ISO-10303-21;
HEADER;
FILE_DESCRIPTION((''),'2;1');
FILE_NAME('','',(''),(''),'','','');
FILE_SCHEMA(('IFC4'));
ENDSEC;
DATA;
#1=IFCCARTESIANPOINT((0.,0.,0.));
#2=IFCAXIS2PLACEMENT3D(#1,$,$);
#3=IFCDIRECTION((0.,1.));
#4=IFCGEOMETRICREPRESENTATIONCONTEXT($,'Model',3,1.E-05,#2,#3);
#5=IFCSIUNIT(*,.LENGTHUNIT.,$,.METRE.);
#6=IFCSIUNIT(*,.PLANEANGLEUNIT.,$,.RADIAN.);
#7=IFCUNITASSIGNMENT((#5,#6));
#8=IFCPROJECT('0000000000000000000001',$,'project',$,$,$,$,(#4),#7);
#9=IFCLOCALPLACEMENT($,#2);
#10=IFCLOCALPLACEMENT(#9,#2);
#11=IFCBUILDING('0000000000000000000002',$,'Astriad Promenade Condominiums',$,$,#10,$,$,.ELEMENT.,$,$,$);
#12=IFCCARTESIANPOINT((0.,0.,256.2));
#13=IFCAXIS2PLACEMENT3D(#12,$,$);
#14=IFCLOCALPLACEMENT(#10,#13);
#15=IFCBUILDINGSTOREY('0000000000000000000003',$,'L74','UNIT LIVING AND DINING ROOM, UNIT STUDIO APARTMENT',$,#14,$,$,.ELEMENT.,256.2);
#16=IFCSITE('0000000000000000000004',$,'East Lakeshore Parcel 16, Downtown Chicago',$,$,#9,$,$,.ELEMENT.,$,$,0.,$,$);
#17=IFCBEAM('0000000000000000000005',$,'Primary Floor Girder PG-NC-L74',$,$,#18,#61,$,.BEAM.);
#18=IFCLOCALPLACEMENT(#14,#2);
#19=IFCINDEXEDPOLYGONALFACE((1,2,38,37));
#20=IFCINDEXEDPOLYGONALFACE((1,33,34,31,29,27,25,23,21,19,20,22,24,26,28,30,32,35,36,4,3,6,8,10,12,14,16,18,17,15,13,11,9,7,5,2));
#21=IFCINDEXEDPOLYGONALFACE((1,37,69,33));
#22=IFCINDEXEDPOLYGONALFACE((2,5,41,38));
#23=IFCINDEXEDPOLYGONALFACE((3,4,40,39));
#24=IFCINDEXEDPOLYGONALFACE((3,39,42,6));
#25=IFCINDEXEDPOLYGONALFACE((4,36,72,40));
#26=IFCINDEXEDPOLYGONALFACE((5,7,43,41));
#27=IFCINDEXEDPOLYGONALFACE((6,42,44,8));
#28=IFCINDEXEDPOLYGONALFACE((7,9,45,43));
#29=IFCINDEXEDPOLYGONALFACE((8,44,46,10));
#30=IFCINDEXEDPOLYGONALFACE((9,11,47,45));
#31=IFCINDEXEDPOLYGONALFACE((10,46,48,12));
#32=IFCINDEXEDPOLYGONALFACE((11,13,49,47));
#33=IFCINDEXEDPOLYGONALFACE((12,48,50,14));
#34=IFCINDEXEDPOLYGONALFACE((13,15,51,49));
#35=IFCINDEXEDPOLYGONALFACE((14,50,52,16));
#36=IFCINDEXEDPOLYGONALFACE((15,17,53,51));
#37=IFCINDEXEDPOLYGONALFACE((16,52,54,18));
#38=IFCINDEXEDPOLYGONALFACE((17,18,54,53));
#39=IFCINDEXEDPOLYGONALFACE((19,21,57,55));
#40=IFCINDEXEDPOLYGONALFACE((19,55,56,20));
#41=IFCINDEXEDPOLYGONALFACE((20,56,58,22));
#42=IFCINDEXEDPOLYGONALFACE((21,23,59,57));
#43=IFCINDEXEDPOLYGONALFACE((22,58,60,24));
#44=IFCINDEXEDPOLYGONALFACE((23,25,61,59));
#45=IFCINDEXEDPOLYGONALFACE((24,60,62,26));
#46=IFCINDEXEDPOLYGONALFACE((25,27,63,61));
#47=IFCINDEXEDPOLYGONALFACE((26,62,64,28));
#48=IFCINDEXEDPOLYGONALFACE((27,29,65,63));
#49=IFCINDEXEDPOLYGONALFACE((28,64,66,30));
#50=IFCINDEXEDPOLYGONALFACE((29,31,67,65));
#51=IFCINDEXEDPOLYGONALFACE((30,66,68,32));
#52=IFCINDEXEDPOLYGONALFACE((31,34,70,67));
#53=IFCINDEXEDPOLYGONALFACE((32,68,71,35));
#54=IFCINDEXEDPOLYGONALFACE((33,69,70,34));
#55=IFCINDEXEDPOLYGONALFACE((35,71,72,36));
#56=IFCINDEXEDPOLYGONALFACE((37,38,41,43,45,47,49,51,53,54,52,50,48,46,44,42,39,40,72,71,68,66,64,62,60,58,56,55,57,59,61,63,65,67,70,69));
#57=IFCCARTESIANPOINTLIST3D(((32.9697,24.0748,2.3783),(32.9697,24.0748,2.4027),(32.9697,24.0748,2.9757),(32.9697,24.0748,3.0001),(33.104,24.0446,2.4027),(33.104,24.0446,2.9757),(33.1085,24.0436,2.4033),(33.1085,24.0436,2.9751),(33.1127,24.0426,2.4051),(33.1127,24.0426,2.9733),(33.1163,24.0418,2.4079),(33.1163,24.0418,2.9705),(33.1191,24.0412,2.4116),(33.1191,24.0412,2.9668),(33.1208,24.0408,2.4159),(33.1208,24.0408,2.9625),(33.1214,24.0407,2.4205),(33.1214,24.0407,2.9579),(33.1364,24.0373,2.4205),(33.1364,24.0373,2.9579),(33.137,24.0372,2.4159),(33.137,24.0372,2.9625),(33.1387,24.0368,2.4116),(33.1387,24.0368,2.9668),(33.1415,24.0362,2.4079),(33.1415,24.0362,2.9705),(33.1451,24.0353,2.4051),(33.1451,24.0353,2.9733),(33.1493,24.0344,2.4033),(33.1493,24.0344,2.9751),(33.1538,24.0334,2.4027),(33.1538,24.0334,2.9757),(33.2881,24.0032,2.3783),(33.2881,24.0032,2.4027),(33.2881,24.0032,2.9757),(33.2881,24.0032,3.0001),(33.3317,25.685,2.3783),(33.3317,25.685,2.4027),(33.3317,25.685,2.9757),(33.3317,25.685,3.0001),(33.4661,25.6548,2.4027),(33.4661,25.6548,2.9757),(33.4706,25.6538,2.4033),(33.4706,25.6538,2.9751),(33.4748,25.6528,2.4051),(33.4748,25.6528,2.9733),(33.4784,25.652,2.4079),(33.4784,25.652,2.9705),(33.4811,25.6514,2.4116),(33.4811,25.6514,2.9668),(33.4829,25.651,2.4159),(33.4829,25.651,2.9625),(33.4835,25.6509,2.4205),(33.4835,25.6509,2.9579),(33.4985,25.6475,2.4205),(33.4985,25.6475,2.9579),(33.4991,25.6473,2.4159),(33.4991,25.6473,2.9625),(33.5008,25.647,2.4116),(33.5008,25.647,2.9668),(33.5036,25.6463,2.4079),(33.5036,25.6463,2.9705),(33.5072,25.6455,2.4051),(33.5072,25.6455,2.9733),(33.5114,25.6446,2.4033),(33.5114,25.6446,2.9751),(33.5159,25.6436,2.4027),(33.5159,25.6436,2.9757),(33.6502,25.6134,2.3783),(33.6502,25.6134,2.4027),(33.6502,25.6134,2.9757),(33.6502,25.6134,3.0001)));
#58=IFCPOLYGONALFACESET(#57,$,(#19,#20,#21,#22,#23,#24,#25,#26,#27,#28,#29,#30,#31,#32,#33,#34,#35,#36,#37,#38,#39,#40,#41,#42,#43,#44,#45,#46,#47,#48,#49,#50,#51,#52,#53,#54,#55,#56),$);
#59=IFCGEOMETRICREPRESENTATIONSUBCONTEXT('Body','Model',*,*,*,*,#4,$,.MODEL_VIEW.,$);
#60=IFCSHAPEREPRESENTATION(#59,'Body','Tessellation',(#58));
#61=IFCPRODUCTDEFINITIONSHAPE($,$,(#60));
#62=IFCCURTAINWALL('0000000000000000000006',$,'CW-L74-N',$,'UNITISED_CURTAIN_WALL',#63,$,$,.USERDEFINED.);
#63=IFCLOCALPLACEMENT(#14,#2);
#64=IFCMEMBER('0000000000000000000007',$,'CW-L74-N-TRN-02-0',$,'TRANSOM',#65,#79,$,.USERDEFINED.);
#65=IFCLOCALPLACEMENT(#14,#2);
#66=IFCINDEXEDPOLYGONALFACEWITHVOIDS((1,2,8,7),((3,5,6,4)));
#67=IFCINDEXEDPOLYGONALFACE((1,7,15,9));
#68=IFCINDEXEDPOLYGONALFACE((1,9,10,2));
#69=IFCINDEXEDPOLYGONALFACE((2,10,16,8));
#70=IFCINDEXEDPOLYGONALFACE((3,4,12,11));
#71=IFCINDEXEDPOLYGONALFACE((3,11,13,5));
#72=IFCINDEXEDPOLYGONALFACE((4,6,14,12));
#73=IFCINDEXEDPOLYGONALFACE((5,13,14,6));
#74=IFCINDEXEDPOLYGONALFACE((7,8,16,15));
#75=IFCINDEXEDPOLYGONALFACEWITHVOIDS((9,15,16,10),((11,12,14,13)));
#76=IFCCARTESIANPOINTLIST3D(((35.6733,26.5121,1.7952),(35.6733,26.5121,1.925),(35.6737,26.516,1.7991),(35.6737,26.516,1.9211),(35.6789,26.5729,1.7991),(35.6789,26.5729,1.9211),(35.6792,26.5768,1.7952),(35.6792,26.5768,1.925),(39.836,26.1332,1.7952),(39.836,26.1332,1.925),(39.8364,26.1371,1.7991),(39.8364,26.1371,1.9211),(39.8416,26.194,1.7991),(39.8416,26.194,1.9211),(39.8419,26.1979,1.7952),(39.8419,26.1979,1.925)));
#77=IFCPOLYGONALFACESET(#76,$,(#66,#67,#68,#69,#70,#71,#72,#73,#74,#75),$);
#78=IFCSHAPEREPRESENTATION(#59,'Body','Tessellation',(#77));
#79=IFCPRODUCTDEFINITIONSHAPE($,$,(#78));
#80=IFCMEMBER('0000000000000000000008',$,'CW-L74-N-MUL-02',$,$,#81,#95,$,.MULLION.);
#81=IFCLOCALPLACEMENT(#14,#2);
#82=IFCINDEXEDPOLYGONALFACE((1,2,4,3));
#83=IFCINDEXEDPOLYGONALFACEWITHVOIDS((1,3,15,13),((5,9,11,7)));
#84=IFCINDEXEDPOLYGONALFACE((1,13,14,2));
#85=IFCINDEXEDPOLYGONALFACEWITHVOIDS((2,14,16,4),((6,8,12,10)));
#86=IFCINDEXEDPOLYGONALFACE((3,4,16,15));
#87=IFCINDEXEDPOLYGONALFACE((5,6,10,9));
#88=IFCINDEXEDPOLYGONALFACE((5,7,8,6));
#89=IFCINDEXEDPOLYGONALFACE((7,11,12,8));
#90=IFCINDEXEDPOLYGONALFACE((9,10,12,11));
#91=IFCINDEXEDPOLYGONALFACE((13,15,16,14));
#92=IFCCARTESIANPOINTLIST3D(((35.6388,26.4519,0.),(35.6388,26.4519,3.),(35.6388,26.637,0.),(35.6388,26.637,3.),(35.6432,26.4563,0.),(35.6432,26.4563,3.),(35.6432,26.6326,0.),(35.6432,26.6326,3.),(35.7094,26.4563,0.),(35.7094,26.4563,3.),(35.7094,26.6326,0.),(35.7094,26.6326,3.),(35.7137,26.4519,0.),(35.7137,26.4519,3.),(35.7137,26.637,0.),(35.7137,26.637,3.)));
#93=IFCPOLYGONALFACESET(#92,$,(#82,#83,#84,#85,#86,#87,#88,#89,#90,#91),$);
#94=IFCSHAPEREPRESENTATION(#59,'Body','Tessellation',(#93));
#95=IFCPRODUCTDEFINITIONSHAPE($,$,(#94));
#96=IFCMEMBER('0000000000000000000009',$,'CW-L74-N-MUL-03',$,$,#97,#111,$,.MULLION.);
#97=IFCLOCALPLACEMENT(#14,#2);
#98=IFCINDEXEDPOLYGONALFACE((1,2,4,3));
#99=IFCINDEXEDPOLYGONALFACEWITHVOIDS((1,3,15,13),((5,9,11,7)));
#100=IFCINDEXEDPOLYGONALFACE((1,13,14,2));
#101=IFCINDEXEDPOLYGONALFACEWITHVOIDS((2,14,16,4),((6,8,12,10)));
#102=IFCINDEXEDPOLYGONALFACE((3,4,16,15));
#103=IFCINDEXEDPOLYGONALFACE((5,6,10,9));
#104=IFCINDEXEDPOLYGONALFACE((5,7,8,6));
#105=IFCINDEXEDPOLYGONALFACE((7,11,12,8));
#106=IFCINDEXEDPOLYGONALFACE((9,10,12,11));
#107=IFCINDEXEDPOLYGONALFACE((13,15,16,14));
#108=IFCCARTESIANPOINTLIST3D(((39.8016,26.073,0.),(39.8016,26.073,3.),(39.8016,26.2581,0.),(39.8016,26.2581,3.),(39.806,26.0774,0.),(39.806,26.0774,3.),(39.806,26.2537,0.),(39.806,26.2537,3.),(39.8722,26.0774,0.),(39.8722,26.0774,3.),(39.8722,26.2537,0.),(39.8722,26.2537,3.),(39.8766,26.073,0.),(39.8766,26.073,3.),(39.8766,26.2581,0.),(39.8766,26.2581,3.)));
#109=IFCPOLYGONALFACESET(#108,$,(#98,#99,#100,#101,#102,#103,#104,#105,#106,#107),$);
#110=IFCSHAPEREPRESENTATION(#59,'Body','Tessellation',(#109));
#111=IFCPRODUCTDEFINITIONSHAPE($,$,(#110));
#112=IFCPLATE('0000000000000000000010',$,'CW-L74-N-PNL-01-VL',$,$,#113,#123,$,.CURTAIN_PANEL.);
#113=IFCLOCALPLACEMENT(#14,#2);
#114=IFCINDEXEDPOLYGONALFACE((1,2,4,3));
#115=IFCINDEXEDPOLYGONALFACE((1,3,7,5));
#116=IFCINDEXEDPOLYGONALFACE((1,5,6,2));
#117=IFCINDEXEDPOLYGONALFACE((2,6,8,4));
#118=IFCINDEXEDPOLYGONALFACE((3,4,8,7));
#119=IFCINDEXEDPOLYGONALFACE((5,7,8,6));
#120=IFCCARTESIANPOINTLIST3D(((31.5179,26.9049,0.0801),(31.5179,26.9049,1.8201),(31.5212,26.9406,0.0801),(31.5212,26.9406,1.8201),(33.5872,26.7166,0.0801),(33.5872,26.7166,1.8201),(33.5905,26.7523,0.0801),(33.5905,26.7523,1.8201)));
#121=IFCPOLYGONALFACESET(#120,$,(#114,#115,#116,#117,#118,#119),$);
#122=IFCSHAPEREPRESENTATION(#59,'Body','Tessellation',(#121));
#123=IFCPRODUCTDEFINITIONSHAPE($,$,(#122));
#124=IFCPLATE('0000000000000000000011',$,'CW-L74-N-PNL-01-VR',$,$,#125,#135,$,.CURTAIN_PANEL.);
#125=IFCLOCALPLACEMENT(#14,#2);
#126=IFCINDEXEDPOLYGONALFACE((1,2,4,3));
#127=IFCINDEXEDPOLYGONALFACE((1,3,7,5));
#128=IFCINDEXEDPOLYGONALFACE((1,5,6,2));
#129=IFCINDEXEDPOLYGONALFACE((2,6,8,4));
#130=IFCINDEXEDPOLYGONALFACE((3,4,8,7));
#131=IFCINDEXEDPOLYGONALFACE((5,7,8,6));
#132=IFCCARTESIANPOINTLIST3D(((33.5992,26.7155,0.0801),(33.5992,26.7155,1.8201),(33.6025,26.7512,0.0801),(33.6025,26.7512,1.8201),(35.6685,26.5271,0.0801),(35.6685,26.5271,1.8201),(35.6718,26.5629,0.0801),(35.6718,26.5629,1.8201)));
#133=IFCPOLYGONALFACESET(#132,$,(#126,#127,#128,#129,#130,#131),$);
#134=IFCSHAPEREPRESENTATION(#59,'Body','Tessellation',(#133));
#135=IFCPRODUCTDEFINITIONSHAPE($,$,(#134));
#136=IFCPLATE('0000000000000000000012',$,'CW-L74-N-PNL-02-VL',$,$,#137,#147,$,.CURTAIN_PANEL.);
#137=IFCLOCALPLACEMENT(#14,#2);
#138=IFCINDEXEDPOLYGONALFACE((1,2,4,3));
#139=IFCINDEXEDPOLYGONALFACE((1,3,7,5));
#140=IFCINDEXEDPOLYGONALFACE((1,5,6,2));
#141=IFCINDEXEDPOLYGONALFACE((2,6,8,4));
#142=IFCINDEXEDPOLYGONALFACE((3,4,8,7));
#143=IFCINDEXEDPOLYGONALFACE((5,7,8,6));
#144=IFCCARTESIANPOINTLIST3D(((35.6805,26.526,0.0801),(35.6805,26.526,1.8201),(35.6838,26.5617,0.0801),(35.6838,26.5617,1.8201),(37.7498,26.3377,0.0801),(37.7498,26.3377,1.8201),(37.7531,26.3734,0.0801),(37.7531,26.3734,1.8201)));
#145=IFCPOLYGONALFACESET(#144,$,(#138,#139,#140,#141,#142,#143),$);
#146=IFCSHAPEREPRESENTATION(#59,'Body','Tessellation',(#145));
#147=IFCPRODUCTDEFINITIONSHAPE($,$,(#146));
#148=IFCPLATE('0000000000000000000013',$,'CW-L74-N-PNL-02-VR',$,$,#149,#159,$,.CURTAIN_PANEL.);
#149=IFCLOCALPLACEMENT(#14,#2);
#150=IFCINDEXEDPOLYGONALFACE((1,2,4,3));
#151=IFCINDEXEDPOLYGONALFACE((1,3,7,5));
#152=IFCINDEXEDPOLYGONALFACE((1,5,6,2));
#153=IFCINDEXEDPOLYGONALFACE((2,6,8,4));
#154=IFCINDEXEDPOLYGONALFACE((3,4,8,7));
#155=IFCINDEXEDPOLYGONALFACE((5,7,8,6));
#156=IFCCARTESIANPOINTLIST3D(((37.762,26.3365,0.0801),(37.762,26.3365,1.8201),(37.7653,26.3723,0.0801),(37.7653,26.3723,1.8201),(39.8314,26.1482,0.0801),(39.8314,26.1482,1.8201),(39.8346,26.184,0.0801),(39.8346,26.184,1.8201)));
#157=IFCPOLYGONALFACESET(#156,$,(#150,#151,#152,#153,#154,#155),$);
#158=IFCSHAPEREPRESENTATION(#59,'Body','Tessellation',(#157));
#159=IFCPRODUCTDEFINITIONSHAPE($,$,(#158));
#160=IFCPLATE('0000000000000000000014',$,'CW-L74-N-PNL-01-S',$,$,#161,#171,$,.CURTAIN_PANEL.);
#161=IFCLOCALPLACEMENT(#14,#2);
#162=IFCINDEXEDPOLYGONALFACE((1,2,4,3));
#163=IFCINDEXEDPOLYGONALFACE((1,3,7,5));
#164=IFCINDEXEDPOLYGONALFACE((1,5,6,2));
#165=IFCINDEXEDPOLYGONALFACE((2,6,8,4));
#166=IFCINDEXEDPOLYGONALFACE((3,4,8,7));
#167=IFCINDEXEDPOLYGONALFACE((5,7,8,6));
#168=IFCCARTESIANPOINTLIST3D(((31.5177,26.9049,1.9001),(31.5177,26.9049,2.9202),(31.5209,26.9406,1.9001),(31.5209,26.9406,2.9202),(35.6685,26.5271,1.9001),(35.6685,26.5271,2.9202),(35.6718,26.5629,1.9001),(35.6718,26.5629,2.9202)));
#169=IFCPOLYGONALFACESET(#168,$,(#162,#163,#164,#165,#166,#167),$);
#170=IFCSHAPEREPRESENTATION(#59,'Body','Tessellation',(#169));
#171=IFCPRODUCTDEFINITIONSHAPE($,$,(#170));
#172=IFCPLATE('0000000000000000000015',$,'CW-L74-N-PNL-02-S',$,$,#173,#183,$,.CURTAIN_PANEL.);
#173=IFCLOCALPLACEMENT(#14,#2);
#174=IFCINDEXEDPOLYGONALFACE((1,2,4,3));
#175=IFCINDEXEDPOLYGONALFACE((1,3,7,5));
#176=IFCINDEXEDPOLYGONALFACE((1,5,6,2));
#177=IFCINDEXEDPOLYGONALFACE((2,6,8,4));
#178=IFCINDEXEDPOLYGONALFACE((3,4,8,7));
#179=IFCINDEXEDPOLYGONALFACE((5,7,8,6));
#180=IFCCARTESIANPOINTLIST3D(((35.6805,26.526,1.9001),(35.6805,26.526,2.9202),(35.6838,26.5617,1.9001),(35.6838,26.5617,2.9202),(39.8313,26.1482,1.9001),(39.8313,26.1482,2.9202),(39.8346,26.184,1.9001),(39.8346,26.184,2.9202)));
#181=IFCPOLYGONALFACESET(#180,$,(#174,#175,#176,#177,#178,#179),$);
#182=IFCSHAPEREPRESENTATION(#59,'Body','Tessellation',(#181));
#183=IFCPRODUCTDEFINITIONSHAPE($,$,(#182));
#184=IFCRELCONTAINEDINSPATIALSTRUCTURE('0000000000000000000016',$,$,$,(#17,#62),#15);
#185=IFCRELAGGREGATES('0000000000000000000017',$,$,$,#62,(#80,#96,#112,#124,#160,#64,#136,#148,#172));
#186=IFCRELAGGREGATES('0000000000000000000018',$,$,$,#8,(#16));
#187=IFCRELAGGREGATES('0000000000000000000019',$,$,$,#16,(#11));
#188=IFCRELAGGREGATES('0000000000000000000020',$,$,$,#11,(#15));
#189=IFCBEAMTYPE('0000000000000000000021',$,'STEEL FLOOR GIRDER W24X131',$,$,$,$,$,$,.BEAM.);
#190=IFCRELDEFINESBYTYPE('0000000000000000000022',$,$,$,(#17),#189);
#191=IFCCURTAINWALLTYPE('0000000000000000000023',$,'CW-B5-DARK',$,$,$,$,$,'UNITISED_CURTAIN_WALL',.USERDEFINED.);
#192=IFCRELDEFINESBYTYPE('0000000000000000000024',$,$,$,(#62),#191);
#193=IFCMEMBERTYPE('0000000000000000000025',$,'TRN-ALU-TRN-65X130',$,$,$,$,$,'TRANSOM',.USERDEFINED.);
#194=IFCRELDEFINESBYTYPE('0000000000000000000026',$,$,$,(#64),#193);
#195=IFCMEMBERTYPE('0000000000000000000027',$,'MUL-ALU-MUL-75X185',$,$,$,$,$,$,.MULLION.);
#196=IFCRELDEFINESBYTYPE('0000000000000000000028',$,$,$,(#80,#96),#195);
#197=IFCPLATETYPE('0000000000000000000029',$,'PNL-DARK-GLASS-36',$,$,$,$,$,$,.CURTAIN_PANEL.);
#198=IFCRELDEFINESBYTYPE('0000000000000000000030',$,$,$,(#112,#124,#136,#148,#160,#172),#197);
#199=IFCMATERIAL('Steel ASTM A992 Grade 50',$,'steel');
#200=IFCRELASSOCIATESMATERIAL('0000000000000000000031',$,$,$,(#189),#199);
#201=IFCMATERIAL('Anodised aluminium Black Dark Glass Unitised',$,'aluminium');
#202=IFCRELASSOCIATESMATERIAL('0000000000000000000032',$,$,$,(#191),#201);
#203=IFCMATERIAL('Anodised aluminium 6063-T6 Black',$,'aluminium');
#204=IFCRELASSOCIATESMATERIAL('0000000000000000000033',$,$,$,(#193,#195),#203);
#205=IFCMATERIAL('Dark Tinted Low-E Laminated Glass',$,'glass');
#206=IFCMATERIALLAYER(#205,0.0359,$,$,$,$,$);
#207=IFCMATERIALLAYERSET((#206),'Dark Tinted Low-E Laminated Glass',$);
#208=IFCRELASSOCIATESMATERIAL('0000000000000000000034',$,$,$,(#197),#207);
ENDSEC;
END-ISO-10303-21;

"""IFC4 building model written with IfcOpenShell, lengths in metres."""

from ifc_helpers import new_model, si_unit, direction, frame, origin, origin_2d, place, context, subcontext, project, spatial, rectangle, hollow_rectangle, i_section, extrude, source, transform, mapped, material, layer, layer_set, material_profile, profile_set, type_object, type_shapes, element, aggregate, save


model = new_model("IFC4")

# Units and contexts
model_context = context("Model", 3, precision=1e-05, world=origin(), true_north=direction((0.0, 1.0)))
body_context = subcontext(model_context, "Body", "Model", "MODEL_VIEW")
ifc_project = project(units=[si_unit("LENGTHUNIT", "METRE"), si_unit("PLANEANGLEUNIT", "RADIAN")], contexts=[model_context])

# Site, building, storey
site_placement = place(None, origin())
site = spatial("IfcSite", under=ifc_project, at=site_placement, Name="East Lakeshore Parcel 16, Downtown Chicago", CompositionType="ELEMENT", RefElevation=0.0)
building_placement = place(site_placement, origin())
building = spatial("IfcBuilding", under=site, at=building_placement, Name="Astriad Promenade Condominiums", CompositionType="ELEMENT")
storey_placement = place(building_placement, frame((0.0, 0.0, 256.2)))
storey = spatial("IfcBuildingStorey", under=building, at=storey_placement, Name="L74", Description="UNIT LIVING AND DINING ROOM, UNIT STUDIO APARTMENT", CompositionType="ELEMENT", Elevation=256.2)

# Beam
ifc_material_1 = material(Name="Steel ASTM A992 Grade 50", Category="steel")
ifc_material_profile_1 = material_profile(ifc_material_1, i_section(OverallWidth=0.3264, OverallDepth=0.6218, WebThickness=0.0154, FlangeThickness=0.0244, FilletRadius=0.0178, at=origin_2d()), Name="W24X131")
ifc_profile_set_1 = profile_set([ifc_material_profile_1], Name="Steel ASTM A992 Grade 50")
beam_type_1 = type_object("IfcBeamType", Name="STEEL FLOOR GIRDER W24X131", PredefinedType="BEAM", material=ifc_profile_set_1)
shared_shape_1 = source(origin(), body_context, "Body", "SweptSolid", [
    extrude(i_section(OverallWidth=0.3264, OverallDepth=0.6218, WebThickness=0.0154, FlangeThickness=0.0244, FilletRadius=0.0178, at=origin_2d()), origin(), (0.0, 0.0, 1.0), 1.6504),
])
type_shapes(beam_type_1, [shared_shape_1])
beam_1_placement = place(storey_placement, frame((33.491, 25.6492, 2.6892), z_axis=(-0.219389, -0.975637, 0.0), x_axis=(0.975637, -0.219389, 0.0)))
element("IfcBeam", 1, at=beam_1_placement, inside=storey, type_object=beam_type_1, Name="Primary Floor Girder PG-NC-L74", PredefinedType="BEAM", context=body_context, shape_type="MappedRepresentation", body=[
    mapped(shared_shape_1, transform((0.0, 0.0, 0.0), scale=1.0)),
])

# Curtain wall, members, plates
ifc_material_2 = material(Name="Anodised aluminium Black Dark Glass Unitised", Category="aluminium")
curtain_wall_type = type_object("IfcCurtainWallType", Name="CW-B5-DARK", ElementType="UNITISED_CURTAIN_WALL", PredefinedType="USERDEFINED", material=ifc_material_2)
curtain_wall_placement = place(storey_placement, origin())
curtain_wall = element("IfcCurtainWall", 2, at=curtain_wall_placement, inside=storey, type_object=curtain_wall_type, Name="CW-L74-N", ObjectType="UNITISED_CURTAIN_WALL", PredefinedType="USERDEFINED")
ifc_material_3 = material(Name="Anodised aluminium 6063-T6 Black", Category="aluminium")
ifc_material_profile_2 = material_profile(ifc_material_3, hollow_rectangle(XDim=0.0649, YDim=0.1299, WallThickness=0.0039, at=origin_2d()), Name="ALU-TRN-65X130")
ifc_profile_set_2 = profile_set([ifc_material_profile_2], Name="Anodised aluminium 6063-T6 Black")
member_type_1 = type_object("IfcMemberType", Name="TRN-ALU-TRN-65X130", ElementType="TRANSOM", PredefinedType="USERDEFINED", material=ifc_profile_set_2)
shared_shape_2 = source(origin(), body_context, "Body", "SweptSolid", [
    extrude(hollow_rectangle(XDim=0.0649, YDim=0.1299, WallThickness=0.0039, at=origin_2d()), origin(), (0.0, 0.0, 1.0), 4.1799),
])
type_shapes(member_type_1, [shared_shape_2])
member_1_placement = place(storey_placement, frame((35.6763, 26.5444, 1.8601), z_axis=(0.995883, -0.090646, 0.0), x_axis=(0.090646, 0.995883, 0.0)))
member_1 = element("IfcMember", 3, at=member_1_placement, type_object=member_type_1, Name="CW-L74-N-TRN-02-0", ObjectType="TRANSOM", PredefinedType="USERDEFINED", context=body_context, shape_type="MappedRepresentation", body=[
    mapped(shared_shape_2, transform((0.0, 0.0, 0.0), scale=1.0)),
])
ifc_material_profile_3 = material_profile(ifc_material_3, hollow_rectangle(XDim=0.075, YDim=0.1851, WallThickness=0.0044, at=origin_2d()), Name="ALU-MUL-75X185")
ifc_profile_set_3 = profile_set([ifc_material_profile_3], Name="Anodised aluminium 6063-T6 Black")
member_type_2 = type_object("IfcMemberType", Name="MUL-ALU-MUL-75X185", PredefinedType="MULLION", material=ifc_profile_set_3)
shared_shape_3 = source(origin(), body_context, "Body", "SweptSolid", [
    extrude(hollow_rectangle(XDim=0.075, YDim=0.1851, WallThickness=0.0044, at=origin_2d()), origin(), (0.0, 0.0, 1.0), 3.0),
])
type_shapes(member_type_2, [shared_shape_3])
member_2_placement = place(storey_placement, frame((35.6763, 26.5444, 0.0), z_axis=(0.0, 0.0, 1.0), x_axis=(1.0, 0.0, 0.0)))
member_2 = element("IfcMember", 4, at=member_2_placement, type_object=member_type_2, Name="CW-L74-N-MUL-02", PredefinedType="MULLION", context=body_context, shape_type="MappedRepresentation", body=[
    mapped(shared_shape_3, transform((0.0, 0.0, 0.0), scale=1.0)),
])
member_3_placement = place(storey_placement, frame((39.8391, 26.1655, 0.0), z_axis=(0.0, 0.0, 1.0), x_axis=(1.0, 0.0, 0.0)))
member_3 = element("IfcMember", 5, at=member_3_placement, type_object=member_type_2, Name="CW-L74-N-MUL-03", PredefinedType="MULLION", context=body_context, shape_type="MappedRepresentation", body=[
    mapped(shared_shape_3, transform((0.0, 0.0, 0.0), scale=1.0)),
])
ifc_material_4 = material(Name="Dark Tinted Low-E Laminated Glass", Category="glass")
ifc_layer_1 = layer(ifc_material_4, 0.0359)
ifc_layer_set_1 = layer_set([ifc_layer_1], Name="Dark Tinted Low-E Laminated Glass")
plate_type = type_object("IfcPlateType", Name="PNL-DARK-GLASS-36", PredefinedType="CURTAIN_PANEL", material=ifc_layer_set_1)
shared_shape_4 = source(origin(), body_context, "Body", "SweptSolid", [
    extrude(rectangle(XDim=2.0779, YDim=0.0359, at=origin_2d()), origin(), (0.0, 0.0, 1.0), 1.74),
])
plate_1_placement = place(storey_placement, frame((32.5542, 26.8286, 0.0801), z_axis=(0.0, 0.0, 1.0), x_axis=(0.995884, -0.090633, 0.0)))
plate_1 = element("IfcPlate", 6, at=plate_1_placement, type_object=plate_type, Name="CW-L74-N-PNL-01-VL", PredefinedType="CURTAIN_PANEL", context=body_context, shape_type="MappedRepresentation", body=[
    mapped(shared_shape_4, transform((0.0, 0.0, 0.0), scale=1.0)),
])
plate_2_placement = place(storey_placement, frame((34.6355, 26.6392, 0.0801), z_axis=(0.0, 0.0, 1.0), x_axis=(0.995884, -0.090633, 0.0)))
plate_2 = element("IfcPlate", 7, at=plate_2_placement, type_object=plate_type, Name="CW-L74-N-PNL-01-VR", PredefinedType="CURTAIN_PANEL", context=body_context, shape_type="MappedRepresentation", body=[
    mapped(shared_shape_4, transform((0.0, 0.0, 0.0), scale=1.0)),
])
plate_3_placement = place(storey_placement, frame((36.7168, 26.4497, 0.0801), z_axis=(0.0, 0.0, 1.0), x_axis=(0.995884, -0.090633, 0.0)))
plate_3 = element("IfcPlate", 8, at=plate_3_placement, type_object=plate_type, Name="CW-L74-N-PNL-02-VL", PredefinedType="CURTAIN_PANEL", context=body_context, shape_type="MappedRepresentation", body=[
    mapped(shared_shape_4, transform((0.0, 0.0, 0.0), scale=1.0)),
])
plate_4_placement = place(storey_placement, frame((38.7983, 26.2603, 0.0801), z_axis=(0.0, 0.0, 1.0), x_axis=(0.995884, -0.090633, 0.0)))
plate_4 = element("IfcPlate", 9, at=plate_4_placement, type_object=plate_type, Name="CW-L74-N-PNL-02-VR", PredefinedType="CURTAIN_PANEL", context=body_context, shape_type="MappedRepresentation", body=[
    mapped(shared_shape_4, transform((0.0, 0.0, 0.0), scale=1.0)),
])
shared_shape_5 = source(origin(), body_context, "Body", "SweptSolid", [
    extrude(rectangle(XDim=4.168, YDim=0.0359, at=origin_2d()), origin(), (0.0, 0.0, 1.0), 1.02),
])
type_shapes(plate_type, [shared_shape_4, shared_shape_5])
plate_5_placement = place(storey_placement, frame((33.5947, 26.7339, 1.9001), z_axis=(0.0, 0.0, 1.0), x_axis=(0.995884, -0.090633, 0.0)))
plate_5 = element("IfcPlate", 10, at=plate_5_placement, type_object=plate_type, Name="CW-L74-N-PNL-01-S", PredefinedType="CURTAIN_PANEL", context=body_context, shape_type="MappedRepresentation", body=[
    mapped(shared_shape_5, transform((0.0, 0.0, 0.0), scale=1.0)),
])
plate_6_placement = place(storey_placement, frame((37.7576, 26.355, 1.9001), z_axis=(0.0, 0.0, 1.0), x_axis=(0.995884, -0.090633, 0.0)))
plate_6 = element("IfcPlate", 11, at=plate_6_placement, type_object=plate_type, Name="CW-L74-N-PNL-02-S", PredefinedType="CURTAIN_PANEL", context=body_context, shape_type="MappedRepresentation", body=[
    mapped(shared_shape_5, transform((0.0, 0.0, 0.0), scale=1.0)),
])
aggregate(curtain_wall, [member_2, member_3, plate_1, plate_2, plate_5, member_1, plate_3, plate_4, plate_6])

save(model, "model.ifc")
